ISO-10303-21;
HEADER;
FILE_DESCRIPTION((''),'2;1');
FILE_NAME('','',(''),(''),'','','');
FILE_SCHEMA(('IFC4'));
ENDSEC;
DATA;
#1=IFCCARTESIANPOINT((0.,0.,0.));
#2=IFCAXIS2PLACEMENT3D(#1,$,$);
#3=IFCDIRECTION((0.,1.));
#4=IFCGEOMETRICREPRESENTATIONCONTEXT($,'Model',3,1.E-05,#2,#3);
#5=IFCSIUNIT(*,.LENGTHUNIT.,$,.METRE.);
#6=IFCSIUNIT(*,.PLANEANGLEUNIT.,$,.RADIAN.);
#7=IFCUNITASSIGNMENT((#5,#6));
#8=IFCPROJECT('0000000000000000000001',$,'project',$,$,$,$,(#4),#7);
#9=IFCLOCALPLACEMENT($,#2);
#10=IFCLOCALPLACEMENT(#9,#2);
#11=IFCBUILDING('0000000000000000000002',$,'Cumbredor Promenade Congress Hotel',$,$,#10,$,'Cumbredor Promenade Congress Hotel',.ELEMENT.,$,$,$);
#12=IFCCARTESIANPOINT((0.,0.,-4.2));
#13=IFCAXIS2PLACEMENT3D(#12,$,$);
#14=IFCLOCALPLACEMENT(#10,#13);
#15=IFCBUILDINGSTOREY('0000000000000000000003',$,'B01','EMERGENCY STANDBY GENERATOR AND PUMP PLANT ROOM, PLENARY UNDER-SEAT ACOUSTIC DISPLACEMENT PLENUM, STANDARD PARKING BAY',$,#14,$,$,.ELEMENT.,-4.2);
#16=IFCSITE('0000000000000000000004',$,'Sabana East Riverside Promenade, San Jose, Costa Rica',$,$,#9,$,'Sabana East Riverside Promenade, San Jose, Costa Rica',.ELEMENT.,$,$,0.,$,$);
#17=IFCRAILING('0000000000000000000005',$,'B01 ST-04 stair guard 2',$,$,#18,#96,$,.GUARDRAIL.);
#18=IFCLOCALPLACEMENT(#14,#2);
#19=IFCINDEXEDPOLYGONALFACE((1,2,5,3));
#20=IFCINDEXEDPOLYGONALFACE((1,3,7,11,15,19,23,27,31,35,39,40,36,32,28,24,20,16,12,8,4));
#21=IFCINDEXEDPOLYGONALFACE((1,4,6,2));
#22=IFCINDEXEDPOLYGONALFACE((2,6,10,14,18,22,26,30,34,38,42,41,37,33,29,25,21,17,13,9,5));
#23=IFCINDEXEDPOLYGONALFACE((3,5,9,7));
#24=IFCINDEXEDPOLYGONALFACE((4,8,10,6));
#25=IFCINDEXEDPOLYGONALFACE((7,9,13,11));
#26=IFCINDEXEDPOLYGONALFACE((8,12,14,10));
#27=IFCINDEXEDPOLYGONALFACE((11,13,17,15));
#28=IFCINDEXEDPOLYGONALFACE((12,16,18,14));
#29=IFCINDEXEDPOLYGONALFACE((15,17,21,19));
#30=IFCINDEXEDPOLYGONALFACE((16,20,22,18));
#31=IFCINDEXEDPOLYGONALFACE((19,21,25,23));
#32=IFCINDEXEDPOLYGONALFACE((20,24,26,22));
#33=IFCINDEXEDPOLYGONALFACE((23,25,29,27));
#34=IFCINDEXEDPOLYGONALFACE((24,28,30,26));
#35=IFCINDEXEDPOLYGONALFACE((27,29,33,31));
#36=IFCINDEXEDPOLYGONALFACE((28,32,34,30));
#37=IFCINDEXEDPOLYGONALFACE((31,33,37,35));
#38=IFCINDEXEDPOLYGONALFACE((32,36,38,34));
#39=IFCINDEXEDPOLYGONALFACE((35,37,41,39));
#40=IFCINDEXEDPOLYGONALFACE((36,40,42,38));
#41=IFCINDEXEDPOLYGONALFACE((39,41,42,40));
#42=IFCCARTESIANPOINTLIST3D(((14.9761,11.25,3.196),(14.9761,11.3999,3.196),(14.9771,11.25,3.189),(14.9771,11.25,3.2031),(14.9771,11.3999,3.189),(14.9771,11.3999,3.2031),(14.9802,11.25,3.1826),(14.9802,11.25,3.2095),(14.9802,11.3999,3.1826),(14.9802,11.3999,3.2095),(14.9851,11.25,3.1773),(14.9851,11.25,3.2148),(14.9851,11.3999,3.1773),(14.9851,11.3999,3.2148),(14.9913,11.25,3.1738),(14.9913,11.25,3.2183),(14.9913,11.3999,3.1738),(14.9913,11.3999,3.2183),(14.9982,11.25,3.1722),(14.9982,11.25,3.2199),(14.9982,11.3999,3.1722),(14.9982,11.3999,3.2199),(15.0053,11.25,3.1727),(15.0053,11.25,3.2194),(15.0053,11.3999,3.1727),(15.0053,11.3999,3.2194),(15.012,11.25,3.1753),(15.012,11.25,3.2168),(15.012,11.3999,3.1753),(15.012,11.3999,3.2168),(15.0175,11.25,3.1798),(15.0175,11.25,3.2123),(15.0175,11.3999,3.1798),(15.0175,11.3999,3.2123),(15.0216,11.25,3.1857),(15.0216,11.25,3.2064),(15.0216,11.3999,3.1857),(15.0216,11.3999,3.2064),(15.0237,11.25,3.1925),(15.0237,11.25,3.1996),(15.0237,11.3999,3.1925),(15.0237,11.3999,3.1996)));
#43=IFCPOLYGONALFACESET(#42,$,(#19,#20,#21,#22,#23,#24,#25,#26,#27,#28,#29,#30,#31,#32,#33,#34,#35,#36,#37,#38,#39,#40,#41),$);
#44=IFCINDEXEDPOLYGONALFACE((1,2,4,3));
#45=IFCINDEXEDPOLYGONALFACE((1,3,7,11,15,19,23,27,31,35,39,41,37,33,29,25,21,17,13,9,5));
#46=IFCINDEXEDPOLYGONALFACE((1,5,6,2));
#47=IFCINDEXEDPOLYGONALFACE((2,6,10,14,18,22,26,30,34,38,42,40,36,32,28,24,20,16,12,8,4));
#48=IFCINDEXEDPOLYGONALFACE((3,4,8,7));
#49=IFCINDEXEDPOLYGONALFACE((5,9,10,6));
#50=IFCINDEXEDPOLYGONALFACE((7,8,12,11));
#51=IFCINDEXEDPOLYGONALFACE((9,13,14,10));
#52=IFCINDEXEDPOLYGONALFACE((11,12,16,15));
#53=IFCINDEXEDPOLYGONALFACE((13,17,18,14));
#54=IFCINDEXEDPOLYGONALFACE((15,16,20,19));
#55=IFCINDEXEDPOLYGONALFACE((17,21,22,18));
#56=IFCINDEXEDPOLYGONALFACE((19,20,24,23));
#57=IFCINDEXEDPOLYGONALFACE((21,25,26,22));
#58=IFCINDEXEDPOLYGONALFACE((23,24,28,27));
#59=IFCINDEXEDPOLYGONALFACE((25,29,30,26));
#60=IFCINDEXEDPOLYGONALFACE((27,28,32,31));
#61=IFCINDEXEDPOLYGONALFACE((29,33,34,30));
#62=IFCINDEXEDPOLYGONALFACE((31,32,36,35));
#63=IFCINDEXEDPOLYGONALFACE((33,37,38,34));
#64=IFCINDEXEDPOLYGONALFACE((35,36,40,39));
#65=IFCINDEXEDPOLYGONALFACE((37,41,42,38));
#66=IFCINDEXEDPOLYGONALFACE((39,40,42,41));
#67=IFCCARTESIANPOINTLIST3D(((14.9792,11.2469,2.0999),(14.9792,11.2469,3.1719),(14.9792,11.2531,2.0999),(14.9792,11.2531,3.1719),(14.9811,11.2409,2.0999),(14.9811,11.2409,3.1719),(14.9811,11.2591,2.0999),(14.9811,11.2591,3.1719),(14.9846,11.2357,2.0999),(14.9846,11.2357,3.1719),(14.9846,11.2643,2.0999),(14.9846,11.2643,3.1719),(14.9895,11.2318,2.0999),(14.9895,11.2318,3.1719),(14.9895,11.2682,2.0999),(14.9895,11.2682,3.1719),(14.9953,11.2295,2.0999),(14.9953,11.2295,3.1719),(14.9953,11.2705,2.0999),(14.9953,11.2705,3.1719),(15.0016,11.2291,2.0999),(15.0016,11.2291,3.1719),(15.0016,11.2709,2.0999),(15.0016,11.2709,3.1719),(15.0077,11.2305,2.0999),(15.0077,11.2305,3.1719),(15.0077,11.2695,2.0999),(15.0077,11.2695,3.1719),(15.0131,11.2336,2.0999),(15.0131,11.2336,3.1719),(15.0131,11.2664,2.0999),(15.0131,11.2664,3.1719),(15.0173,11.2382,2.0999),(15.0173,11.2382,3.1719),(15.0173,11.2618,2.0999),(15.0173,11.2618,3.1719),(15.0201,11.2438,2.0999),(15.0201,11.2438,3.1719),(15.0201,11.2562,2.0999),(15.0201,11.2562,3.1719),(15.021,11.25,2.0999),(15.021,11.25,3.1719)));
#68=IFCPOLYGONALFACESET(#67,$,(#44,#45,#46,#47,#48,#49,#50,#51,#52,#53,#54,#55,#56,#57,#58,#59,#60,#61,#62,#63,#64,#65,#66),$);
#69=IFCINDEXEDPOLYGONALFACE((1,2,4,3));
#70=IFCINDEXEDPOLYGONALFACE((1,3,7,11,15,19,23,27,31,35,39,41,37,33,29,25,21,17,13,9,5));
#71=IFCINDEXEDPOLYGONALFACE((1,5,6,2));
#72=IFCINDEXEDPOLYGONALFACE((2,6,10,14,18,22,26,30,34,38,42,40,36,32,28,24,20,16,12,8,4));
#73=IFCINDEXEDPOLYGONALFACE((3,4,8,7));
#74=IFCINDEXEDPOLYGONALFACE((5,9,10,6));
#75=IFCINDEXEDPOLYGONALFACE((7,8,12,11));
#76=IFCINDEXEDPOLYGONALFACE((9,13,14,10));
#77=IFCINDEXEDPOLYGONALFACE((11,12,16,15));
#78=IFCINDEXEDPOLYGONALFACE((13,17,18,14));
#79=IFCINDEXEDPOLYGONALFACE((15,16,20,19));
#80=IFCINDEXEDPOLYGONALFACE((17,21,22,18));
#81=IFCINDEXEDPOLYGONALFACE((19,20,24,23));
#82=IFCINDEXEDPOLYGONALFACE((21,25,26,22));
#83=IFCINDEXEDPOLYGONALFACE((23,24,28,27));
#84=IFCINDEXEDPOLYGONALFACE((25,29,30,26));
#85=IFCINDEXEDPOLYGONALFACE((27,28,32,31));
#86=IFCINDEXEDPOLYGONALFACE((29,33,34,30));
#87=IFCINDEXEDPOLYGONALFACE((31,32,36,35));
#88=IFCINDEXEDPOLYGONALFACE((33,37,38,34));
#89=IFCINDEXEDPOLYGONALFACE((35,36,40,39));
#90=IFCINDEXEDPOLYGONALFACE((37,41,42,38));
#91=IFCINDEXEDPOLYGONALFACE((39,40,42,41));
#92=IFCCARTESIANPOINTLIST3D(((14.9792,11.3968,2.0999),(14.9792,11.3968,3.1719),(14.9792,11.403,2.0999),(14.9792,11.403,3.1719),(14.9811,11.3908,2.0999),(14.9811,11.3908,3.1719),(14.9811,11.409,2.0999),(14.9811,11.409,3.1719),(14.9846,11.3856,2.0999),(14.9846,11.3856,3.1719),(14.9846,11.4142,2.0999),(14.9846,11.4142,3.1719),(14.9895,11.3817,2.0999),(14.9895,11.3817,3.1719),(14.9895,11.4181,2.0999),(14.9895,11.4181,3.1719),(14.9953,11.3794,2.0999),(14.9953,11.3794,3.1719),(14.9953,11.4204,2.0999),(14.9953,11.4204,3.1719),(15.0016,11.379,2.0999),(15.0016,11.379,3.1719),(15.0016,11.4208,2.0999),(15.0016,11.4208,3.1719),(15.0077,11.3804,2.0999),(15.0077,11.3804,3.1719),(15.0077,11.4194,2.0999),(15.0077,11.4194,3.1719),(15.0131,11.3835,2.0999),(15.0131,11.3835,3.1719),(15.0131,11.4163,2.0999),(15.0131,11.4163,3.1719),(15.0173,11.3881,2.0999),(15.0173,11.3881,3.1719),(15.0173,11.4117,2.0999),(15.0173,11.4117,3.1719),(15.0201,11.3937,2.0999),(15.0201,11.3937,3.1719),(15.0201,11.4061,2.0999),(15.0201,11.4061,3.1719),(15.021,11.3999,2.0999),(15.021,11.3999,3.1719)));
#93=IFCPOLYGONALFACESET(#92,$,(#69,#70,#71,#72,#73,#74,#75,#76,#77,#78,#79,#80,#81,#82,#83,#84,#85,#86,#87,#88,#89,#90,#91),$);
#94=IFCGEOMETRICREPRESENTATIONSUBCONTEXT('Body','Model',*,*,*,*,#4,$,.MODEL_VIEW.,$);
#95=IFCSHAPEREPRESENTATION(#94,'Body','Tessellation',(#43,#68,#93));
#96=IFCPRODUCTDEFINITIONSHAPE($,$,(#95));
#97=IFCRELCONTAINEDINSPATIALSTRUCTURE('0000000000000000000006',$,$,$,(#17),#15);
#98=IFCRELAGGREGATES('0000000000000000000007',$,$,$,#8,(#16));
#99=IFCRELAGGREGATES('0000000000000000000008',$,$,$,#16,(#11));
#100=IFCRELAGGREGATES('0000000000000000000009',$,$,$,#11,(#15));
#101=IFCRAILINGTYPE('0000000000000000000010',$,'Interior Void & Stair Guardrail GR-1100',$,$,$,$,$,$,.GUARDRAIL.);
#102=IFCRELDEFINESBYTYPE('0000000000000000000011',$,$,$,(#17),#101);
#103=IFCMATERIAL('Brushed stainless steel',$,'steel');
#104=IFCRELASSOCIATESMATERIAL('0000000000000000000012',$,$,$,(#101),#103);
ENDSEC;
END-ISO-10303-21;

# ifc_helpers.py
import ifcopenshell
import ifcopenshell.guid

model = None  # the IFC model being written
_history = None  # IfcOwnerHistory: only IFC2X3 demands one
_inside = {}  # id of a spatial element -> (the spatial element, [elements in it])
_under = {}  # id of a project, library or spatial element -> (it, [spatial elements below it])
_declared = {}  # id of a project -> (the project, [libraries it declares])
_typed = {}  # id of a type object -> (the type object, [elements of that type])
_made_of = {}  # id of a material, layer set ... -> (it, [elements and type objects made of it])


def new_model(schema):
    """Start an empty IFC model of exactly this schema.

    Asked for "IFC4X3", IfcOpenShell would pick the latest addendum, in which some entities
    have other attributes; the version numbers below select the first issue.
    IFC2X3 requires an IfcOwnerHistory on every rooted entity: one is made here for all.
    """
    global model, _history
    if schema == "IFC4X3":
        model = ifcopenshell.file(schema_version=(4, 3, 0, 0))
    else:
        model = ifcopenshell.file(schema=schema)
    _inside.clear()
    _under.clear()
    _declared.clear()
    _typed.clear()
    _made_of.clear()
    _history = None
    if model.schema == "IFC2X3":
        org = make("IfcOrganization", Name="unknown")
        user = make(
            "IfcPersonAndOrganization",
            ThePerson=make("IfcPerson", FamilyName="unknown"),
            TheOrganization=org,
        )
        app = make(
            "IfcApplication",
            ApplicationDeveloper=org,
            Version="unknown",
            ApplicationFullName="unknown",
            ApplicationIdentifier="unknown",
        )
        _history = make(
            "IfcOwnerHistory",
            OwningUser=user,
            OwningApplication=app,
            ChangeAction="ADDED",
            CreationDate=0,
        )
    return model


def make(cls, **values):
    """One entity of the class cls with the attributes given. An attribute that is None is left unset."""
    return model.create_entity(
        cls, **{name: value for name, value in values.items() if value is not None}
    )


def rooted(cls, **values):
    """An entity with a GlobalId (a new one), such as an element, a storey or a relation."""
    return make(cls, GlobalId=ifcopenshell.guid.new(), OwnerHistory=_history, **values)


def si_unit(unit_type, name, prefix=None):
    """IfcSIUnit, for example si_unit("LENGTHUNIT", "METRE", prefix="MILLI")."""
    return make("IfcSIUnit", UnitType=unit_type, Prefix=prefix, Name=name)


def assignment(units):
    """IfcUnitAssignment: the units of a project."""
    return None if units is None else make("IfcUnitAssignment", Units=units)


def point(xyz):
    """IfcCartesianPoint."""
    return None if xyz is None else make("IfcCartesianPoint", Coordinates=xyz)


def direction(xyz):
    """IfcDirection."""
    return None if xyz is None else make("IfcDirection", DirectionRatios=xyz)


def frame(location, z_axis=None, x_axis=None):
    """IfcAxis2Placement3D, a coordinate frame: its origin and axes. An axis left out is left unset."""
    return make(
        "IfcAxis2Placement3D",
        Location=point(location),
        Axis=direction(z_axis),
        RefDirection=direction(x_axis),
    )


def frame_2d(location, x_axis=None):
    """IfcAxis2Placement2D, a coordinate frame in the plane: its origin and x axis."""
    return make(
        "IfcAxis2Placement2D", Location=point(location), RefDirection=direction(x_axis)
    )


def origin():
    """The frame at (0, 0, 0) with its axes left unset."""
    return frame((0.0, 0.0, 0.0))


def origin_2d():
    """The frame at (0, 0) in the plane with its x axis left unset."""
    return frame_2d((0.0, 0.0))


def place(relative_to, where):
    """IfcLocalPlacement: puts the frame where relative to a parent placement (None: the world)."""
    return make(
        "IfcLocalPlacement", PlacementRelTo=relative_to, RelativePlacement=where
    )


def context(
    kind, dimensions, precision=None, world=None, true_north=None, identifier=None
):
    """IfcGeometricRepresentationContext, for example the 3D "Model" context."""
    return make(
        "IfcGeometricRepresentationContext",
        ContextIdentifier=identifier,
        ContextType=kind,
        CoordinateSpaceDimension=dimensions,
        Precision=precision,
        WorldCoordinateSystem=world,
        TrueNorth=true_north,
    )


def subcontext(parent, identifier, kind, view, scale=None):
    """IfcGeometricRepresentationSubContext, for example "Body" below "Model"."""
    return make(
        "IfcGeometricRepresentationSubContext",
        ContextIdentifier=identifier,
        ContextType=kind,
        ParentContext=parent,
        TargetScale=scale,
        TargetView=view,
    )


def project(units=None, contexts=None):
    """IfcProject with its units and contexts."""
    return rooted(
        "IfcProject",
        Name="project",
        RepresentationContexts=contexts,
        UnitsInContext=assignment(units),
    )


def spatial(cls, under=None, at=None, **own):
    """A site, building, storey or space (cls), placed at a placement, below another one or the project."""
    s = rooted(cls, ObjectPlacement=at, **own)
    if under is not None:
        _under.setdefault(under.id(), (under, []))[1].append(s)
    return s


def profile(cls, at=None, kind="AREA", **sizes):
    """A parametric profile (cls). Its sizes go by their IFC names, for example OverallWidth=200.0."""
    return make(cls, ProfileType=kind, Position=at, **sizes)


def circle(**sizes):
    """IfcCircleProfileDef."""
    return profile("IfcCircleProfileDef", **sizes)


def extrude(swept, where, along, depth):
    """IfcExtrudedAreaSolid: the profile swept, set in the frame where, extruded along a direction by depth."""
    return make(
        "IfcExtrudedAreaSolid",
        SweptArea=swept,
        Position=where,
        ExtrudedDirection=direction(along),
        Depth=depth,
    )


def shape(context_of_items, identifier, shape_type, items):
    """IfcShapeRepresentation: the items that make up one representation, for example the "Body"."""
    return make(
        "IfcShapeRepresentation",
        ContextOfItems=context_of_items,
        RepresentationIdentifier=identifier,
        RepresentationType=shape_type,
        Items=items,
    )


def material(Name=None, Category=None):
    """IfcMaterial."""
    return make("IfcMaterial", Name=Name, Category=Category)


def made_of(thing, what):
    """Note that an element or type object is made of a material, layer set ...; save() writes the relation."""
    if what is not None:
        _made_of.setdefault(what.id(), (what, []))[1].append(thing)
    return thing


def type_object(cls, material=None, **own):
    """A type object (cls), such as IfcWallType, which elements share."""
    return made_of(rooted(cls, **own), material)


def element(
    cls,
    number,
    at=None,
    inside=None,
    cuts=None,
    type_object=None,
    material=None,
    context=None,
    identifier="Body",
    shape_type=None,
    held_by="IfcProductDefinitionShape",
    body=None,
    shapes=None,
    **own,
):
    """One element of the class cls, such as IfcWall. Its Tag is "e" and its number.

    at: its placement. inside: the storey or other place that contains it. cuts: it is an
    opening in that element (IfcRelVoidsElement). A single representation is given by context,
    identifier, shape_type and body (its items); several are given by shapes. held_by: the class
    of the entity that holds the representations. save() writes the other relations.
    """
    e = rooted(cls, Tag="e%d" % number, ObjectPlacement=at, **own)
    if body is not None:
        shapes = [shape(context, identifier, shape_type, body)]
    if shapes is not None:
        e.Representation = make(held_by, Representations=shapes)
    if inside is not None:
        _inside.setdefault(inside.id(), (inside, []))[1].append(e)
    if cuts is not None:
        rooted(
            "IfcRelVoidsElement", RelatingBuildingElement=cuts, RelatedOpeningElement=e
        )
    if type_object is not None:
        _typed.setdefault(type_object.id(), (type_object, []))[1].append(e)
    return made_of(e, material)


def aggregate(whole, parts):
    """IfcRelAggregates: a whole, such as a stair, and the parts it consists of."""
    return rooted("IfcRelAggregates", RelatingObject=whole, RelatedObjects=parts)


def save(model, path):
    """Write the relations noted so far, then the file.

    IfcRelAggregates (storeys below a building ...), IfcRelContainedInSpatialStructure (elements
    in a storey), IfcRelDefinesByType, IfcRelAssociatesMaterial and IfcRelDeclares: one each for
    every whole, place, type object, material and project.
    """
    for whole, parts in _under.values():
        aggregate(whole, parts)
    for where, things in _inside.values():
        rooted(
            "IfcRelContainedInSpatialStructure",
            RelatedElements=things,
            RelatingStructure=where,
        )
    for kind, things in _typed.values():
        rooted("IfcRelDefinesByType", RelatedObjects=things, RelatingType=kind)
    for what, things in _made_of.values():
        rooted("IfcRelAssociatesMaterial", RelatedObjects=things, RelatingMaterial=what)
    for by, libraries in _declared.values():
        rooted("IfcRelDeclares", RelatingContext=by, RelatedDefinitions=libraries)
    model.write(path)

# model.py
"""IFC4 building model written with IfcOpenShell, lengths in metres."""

from ifc_helpers import new_model, si_unit, direction, frame, origin, origin_2d, place, context, subcontext, project, spatial, circle, extrude, material, type_object, element, save


model = new_model("IFC4")

# Units and contexts
model_context = context("Model", 3, precision=1e-05, world=origin(), true_north=direction((0.0, 1.0)))
body_context = subcontext(model_context, "Body", "Model", "MODEL_VIEW")
ifc_project = project(units=[si_unit("LENGTHUNIT", "METRE"), si_unit("PLANEANGLEUNIT", "RADIAN")], contexts=[model_context])

# Site, building, storey
site_placement = place(None, origin())
site = spatial("IfcSite", under=ifc_project, at=site_placement, Name="Sabana East Riverside Promenade, San Jose, Costa Rica", LongName="Sabana East Riverside Promenade, San Jose, Costa Rica", CompositionType="ELEMENT", RefElevation=0.0)
building_placement = place(site_placement, origin())
building = spatial("IfcBuilding", under=site, at=building_placement, Name="Cumbredor Promenade Congress Hotel", LongName="Cumbredor Promenade Congress Hotel", CompositionType="ELEMENT")
storey_placement = place(building_placement, frame((0.0, 0.0, -4.2)))
storey = spatial("IfcBuildingStorey", under=building, at=storey_placement, Name="B01", Description="EMERGENCY STANDBY GENERATOR AND PUMP PLANT ROOM, PLENARY UNDER-SEAT ACOUSTIC DISPLACEMENT PLENUM, STANDARD PARKING BAY", CompositionType="ELEMENT", Elevation=-4.2)

# Railing
ifc_material_1 = material(Name="Brushed stainless steel", Category="steel")
railing_type_1 = type_object("IfcRailingType", Name="Interior Void & Stair Guardrail GR-1100", PredefinedType="GUARDRAIL", material=ifc_material_1)
railing_1_placement = place(storey_placement, frame((15.0, 11.25, 2.0999)))
element("IfcRailing", 1, at=railing_1_placement, inside=storey, type_object=railing_type_1, Name="B01 ST-04 stair guard 2", PredefinedType="GUARDRAIL", context=body_context, shape_type="SweptSolid", body=[
    extrude(circle(Radius=0.0239, at=origin_2d()), frame((0.0, 0.0, 1.0962), z_axis=(0.0, 1.0, 0.0), x_axis=(-1.0, 0.0, 0.0)), (0.0, 0.0, 1.0), 0.1499),
    extrude(circle(Radius=0.021, at=origin_2d()), origin(), (0.0, 0.0, 1.0), 1.072),
    extrude(circle(Radius=0.021, at=origin_2d()), frame((0.0, 0.1499, 0.0)), (0.0, 0.0, 1.0), 1.072),
])

save(model, "model.ifc")
